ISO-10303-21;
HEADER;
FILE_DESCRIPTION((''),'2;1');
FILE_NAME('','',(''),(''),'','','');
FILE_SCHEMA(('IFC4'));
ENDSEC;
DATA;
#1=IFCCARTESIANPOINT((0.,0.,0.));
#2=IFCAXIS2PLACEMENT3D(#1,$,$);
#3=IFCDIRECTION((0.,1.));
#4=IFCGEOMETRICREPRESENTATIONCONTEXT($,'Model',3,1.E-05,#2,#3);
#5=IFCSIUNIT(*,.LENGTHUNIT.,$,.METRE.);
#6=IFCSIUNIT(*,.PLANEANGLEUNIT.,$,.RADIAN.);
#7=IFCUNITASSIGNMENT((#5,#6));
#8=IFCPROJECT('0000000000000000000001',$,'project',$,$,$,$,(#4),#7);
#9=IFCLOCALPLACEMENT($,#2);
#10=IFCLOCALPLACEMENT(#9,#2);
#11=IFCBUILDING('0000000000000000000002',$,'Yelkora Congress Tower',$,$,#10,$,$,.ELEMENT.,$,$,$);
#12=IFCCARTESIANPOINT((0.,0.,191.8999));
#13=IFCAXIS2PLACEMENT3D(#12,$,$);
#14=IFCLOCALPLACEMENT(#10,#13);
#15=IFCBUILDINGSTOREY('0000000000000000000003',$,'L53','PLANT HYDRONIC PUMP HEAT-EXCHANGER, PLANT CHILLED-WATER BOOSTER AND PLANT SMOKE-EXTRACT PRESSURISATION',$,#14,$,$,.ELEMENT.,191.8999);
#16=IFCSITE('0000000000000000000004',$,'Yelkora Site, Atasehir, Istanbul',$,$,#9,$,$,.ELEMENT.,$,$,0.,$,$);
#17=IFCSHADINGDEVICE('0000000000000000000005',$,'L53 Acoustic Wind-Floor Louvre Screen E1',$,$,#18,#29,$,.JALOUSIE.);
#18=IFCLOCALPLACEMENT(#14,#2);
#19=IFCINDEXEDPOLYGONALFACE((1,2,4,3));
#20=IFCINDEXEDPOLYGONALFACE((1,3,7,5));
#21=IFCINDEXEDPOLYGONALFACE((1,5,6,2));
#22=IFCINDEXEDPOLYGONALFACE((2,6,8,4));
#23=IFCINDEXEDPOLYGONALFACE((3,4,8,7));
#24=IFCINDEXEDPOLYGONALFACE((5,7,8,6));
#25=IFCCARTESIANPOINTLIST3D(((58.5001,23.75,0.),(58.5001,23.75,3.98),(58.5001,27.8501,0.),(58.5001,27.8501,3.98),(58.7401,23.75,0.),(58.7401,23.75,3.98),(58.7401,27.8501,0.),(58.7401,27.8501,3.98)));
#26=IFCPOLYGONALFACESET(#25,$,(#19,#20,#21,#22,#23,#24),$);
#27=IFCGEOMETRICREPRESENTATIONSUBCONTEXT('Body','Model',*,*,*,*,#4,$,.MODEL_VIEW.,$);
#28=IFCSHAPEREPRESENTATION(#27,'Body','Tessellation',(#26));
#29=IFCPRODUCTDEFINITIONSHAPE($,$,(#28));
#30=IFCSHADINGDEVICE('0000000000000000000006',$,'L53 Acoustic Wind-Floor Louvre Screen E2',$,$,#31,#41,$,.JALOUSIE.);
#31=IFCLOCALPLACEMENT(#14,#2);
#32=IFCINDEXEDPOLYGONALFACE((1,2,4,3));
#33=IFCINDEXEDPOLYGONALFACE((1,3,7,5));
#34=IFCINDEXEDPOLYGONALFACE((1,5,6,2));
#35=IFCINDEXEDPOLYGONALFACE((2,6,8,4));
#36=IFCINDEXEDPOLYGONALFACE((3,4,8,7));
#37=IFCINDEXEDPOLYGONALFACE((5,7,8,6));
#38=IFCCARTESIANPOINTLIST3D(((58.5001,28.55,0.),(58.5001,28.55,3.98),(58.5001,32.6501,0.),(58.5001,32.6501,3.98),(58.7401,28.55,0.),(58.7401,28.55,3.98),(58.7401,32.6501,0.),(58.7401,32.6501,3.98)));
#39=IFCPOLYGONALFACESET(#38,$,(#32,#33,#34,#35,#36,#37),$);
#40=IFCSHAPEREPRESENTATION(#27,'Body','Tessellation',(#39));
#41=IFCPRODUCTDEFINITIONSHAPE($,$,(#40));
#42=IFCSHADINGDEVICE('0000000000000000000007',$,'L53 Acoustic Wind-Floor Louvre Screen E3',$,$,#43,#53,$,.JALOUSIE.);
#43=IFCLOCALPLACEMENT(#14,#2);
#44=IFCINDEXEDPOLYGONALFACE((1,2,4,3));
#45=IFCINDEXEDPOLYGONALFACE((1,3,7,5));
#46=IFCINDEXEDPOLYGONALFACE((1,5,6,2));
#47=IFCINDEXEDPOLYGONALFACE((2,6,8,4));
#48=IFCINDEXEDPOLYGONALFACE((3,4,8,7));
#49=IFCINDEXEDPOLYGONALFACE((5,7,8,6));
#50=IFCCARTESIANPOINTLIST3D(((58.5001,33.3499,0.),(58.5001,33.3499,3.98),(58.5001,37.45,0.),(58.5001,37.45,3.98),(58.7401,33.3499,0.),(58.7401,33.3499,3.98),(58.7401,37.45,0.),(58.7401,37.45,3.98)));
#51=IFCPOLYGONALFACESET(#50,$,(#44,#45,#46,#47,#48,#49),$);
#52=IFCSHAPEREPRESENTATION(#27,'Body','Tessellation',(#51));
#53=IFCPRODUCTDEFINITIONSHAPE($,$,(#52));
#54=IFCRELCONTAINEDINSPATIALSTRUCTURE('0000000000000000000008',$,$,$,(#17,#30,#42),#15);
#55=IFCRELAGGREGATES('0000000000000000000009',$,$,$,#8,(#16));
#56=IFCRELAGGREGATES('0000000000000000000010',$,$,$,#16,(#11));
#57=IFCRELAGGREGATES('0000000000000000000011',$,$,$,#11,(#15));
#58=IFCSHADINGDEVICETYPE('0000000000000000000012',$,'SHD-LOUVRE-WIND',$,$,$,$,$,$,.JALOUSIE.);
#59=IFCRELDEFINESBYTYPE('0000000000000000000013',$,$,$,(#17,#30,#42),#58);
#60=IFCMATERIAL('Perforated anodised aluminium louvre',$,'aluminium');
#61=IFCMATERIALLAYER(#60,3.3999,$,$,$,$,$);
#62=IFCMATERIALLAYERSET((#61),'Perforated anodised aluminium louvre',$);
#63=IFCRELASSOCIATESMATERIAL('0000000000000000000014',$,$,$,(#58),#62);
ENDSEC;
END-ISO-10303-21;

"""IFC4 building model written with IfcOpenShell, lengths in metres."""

from ifc_helpers import new_model, si_unit, direction, frame, origin, origin_2d, place, context, subcontext, project, spatial, rectangle, extrude, material, layer, layer_set, type_object, element, save


model = new_model("IFC4")

# Units and contexts
model_context = context("Model", 3, precision=1e-05, world=origin(), true_north=direction((0.0, 1.0)))
body_context = subcontext(model_context, "Body", "Model", "MODEL_VIEW")
ifc_project = project(units=[si_unit("LENGTHUNIT", "METRE"), si_unit("PLANEANGLEUNIT", "RADIAN")], contexts=[model_context])

# Site, building, storey
site_placement = place(None, origin())
site = spatial("IfcSite", under=ifc_project, at=site_placement, Name="Yelkora Site, Atasehir, Istanbul", CompositionType="ELEMENT", RefElevation=0.0)
building_placement = place(site_placement, origin())
building = spatial("IfcBuilding", under=site, at=building_placement, Name="Yelkora Congress Tower", CompositionType="ELEMENT")
storey_placement = place(building_placement, frame((0.0, 0.0, 191.8999)))
storey = spatial("IfcBuildingStorey", under=building, at=storey_placement, Name="L53", Description="PLANT HYDRONIC PUMP HEAT-EXCHANGER, PLANT CHILLED-WATER BOOSTER AND PLANT SMOKE-EXTRACT PRESSURISATION", CompositionType="ELEMENT", Elevation=191.8999)

# Shading devices
ifc_material_1 = material(Name="Perforated anodised aluminium louvre", Category="aluminium")
ifc_layer_1 = layer(ifc_material_1, 3.3999)
ifc_layer_set_1 = layer_set([ifc_layer_1], Name="Perforated anodised aluminium louvre")
shading_device_type = type_object("IfcShadingDeviceType", Name="SHD-LOUVRE-WIND", PredefinedType="JALOUSIE", material=ifc_layer_set_1)
for number, where, z_axis, x_axis, name in (
    (1, (58.6201, 25.8, 0.0), (0.0, 0.0, 1.0), (1.0, 0.0, 0.0), "L53 Acoustic Wind-Floor Louvre Screen E1"),
    (2, (58.6201, 30.6001, 0.0), (0.0, 0.0, 1.0), (1.0, 0.0, 0.0), "L53 Acoustic Wind-Floor Louvre Screen E2"),
    (3, (58.6201, 35.3999, 0.0), (0.0, 0.0, 1.0), (1.0, 0.0, 0.0), "L53 Acoustic Wind-Floor Louvre Screen E3"),
):
    element("IfcShadingDevice", number, at=place(storey_placement, frame(where, z_axis=z_axis, x_axis=x_axis)), inside=storey, type_object=shading_device_type, Name=name, PredefinedType="JALOUSIE", context=body_context, shape_type="SweptSolid", body=[
        extrude(rectangle(XDim=0.24, YDim=4.1001, at=origin_2d()), origin(), (0.0, 0.0, 1.0), 3.98),
    ])

save(model, "model.ifc")
